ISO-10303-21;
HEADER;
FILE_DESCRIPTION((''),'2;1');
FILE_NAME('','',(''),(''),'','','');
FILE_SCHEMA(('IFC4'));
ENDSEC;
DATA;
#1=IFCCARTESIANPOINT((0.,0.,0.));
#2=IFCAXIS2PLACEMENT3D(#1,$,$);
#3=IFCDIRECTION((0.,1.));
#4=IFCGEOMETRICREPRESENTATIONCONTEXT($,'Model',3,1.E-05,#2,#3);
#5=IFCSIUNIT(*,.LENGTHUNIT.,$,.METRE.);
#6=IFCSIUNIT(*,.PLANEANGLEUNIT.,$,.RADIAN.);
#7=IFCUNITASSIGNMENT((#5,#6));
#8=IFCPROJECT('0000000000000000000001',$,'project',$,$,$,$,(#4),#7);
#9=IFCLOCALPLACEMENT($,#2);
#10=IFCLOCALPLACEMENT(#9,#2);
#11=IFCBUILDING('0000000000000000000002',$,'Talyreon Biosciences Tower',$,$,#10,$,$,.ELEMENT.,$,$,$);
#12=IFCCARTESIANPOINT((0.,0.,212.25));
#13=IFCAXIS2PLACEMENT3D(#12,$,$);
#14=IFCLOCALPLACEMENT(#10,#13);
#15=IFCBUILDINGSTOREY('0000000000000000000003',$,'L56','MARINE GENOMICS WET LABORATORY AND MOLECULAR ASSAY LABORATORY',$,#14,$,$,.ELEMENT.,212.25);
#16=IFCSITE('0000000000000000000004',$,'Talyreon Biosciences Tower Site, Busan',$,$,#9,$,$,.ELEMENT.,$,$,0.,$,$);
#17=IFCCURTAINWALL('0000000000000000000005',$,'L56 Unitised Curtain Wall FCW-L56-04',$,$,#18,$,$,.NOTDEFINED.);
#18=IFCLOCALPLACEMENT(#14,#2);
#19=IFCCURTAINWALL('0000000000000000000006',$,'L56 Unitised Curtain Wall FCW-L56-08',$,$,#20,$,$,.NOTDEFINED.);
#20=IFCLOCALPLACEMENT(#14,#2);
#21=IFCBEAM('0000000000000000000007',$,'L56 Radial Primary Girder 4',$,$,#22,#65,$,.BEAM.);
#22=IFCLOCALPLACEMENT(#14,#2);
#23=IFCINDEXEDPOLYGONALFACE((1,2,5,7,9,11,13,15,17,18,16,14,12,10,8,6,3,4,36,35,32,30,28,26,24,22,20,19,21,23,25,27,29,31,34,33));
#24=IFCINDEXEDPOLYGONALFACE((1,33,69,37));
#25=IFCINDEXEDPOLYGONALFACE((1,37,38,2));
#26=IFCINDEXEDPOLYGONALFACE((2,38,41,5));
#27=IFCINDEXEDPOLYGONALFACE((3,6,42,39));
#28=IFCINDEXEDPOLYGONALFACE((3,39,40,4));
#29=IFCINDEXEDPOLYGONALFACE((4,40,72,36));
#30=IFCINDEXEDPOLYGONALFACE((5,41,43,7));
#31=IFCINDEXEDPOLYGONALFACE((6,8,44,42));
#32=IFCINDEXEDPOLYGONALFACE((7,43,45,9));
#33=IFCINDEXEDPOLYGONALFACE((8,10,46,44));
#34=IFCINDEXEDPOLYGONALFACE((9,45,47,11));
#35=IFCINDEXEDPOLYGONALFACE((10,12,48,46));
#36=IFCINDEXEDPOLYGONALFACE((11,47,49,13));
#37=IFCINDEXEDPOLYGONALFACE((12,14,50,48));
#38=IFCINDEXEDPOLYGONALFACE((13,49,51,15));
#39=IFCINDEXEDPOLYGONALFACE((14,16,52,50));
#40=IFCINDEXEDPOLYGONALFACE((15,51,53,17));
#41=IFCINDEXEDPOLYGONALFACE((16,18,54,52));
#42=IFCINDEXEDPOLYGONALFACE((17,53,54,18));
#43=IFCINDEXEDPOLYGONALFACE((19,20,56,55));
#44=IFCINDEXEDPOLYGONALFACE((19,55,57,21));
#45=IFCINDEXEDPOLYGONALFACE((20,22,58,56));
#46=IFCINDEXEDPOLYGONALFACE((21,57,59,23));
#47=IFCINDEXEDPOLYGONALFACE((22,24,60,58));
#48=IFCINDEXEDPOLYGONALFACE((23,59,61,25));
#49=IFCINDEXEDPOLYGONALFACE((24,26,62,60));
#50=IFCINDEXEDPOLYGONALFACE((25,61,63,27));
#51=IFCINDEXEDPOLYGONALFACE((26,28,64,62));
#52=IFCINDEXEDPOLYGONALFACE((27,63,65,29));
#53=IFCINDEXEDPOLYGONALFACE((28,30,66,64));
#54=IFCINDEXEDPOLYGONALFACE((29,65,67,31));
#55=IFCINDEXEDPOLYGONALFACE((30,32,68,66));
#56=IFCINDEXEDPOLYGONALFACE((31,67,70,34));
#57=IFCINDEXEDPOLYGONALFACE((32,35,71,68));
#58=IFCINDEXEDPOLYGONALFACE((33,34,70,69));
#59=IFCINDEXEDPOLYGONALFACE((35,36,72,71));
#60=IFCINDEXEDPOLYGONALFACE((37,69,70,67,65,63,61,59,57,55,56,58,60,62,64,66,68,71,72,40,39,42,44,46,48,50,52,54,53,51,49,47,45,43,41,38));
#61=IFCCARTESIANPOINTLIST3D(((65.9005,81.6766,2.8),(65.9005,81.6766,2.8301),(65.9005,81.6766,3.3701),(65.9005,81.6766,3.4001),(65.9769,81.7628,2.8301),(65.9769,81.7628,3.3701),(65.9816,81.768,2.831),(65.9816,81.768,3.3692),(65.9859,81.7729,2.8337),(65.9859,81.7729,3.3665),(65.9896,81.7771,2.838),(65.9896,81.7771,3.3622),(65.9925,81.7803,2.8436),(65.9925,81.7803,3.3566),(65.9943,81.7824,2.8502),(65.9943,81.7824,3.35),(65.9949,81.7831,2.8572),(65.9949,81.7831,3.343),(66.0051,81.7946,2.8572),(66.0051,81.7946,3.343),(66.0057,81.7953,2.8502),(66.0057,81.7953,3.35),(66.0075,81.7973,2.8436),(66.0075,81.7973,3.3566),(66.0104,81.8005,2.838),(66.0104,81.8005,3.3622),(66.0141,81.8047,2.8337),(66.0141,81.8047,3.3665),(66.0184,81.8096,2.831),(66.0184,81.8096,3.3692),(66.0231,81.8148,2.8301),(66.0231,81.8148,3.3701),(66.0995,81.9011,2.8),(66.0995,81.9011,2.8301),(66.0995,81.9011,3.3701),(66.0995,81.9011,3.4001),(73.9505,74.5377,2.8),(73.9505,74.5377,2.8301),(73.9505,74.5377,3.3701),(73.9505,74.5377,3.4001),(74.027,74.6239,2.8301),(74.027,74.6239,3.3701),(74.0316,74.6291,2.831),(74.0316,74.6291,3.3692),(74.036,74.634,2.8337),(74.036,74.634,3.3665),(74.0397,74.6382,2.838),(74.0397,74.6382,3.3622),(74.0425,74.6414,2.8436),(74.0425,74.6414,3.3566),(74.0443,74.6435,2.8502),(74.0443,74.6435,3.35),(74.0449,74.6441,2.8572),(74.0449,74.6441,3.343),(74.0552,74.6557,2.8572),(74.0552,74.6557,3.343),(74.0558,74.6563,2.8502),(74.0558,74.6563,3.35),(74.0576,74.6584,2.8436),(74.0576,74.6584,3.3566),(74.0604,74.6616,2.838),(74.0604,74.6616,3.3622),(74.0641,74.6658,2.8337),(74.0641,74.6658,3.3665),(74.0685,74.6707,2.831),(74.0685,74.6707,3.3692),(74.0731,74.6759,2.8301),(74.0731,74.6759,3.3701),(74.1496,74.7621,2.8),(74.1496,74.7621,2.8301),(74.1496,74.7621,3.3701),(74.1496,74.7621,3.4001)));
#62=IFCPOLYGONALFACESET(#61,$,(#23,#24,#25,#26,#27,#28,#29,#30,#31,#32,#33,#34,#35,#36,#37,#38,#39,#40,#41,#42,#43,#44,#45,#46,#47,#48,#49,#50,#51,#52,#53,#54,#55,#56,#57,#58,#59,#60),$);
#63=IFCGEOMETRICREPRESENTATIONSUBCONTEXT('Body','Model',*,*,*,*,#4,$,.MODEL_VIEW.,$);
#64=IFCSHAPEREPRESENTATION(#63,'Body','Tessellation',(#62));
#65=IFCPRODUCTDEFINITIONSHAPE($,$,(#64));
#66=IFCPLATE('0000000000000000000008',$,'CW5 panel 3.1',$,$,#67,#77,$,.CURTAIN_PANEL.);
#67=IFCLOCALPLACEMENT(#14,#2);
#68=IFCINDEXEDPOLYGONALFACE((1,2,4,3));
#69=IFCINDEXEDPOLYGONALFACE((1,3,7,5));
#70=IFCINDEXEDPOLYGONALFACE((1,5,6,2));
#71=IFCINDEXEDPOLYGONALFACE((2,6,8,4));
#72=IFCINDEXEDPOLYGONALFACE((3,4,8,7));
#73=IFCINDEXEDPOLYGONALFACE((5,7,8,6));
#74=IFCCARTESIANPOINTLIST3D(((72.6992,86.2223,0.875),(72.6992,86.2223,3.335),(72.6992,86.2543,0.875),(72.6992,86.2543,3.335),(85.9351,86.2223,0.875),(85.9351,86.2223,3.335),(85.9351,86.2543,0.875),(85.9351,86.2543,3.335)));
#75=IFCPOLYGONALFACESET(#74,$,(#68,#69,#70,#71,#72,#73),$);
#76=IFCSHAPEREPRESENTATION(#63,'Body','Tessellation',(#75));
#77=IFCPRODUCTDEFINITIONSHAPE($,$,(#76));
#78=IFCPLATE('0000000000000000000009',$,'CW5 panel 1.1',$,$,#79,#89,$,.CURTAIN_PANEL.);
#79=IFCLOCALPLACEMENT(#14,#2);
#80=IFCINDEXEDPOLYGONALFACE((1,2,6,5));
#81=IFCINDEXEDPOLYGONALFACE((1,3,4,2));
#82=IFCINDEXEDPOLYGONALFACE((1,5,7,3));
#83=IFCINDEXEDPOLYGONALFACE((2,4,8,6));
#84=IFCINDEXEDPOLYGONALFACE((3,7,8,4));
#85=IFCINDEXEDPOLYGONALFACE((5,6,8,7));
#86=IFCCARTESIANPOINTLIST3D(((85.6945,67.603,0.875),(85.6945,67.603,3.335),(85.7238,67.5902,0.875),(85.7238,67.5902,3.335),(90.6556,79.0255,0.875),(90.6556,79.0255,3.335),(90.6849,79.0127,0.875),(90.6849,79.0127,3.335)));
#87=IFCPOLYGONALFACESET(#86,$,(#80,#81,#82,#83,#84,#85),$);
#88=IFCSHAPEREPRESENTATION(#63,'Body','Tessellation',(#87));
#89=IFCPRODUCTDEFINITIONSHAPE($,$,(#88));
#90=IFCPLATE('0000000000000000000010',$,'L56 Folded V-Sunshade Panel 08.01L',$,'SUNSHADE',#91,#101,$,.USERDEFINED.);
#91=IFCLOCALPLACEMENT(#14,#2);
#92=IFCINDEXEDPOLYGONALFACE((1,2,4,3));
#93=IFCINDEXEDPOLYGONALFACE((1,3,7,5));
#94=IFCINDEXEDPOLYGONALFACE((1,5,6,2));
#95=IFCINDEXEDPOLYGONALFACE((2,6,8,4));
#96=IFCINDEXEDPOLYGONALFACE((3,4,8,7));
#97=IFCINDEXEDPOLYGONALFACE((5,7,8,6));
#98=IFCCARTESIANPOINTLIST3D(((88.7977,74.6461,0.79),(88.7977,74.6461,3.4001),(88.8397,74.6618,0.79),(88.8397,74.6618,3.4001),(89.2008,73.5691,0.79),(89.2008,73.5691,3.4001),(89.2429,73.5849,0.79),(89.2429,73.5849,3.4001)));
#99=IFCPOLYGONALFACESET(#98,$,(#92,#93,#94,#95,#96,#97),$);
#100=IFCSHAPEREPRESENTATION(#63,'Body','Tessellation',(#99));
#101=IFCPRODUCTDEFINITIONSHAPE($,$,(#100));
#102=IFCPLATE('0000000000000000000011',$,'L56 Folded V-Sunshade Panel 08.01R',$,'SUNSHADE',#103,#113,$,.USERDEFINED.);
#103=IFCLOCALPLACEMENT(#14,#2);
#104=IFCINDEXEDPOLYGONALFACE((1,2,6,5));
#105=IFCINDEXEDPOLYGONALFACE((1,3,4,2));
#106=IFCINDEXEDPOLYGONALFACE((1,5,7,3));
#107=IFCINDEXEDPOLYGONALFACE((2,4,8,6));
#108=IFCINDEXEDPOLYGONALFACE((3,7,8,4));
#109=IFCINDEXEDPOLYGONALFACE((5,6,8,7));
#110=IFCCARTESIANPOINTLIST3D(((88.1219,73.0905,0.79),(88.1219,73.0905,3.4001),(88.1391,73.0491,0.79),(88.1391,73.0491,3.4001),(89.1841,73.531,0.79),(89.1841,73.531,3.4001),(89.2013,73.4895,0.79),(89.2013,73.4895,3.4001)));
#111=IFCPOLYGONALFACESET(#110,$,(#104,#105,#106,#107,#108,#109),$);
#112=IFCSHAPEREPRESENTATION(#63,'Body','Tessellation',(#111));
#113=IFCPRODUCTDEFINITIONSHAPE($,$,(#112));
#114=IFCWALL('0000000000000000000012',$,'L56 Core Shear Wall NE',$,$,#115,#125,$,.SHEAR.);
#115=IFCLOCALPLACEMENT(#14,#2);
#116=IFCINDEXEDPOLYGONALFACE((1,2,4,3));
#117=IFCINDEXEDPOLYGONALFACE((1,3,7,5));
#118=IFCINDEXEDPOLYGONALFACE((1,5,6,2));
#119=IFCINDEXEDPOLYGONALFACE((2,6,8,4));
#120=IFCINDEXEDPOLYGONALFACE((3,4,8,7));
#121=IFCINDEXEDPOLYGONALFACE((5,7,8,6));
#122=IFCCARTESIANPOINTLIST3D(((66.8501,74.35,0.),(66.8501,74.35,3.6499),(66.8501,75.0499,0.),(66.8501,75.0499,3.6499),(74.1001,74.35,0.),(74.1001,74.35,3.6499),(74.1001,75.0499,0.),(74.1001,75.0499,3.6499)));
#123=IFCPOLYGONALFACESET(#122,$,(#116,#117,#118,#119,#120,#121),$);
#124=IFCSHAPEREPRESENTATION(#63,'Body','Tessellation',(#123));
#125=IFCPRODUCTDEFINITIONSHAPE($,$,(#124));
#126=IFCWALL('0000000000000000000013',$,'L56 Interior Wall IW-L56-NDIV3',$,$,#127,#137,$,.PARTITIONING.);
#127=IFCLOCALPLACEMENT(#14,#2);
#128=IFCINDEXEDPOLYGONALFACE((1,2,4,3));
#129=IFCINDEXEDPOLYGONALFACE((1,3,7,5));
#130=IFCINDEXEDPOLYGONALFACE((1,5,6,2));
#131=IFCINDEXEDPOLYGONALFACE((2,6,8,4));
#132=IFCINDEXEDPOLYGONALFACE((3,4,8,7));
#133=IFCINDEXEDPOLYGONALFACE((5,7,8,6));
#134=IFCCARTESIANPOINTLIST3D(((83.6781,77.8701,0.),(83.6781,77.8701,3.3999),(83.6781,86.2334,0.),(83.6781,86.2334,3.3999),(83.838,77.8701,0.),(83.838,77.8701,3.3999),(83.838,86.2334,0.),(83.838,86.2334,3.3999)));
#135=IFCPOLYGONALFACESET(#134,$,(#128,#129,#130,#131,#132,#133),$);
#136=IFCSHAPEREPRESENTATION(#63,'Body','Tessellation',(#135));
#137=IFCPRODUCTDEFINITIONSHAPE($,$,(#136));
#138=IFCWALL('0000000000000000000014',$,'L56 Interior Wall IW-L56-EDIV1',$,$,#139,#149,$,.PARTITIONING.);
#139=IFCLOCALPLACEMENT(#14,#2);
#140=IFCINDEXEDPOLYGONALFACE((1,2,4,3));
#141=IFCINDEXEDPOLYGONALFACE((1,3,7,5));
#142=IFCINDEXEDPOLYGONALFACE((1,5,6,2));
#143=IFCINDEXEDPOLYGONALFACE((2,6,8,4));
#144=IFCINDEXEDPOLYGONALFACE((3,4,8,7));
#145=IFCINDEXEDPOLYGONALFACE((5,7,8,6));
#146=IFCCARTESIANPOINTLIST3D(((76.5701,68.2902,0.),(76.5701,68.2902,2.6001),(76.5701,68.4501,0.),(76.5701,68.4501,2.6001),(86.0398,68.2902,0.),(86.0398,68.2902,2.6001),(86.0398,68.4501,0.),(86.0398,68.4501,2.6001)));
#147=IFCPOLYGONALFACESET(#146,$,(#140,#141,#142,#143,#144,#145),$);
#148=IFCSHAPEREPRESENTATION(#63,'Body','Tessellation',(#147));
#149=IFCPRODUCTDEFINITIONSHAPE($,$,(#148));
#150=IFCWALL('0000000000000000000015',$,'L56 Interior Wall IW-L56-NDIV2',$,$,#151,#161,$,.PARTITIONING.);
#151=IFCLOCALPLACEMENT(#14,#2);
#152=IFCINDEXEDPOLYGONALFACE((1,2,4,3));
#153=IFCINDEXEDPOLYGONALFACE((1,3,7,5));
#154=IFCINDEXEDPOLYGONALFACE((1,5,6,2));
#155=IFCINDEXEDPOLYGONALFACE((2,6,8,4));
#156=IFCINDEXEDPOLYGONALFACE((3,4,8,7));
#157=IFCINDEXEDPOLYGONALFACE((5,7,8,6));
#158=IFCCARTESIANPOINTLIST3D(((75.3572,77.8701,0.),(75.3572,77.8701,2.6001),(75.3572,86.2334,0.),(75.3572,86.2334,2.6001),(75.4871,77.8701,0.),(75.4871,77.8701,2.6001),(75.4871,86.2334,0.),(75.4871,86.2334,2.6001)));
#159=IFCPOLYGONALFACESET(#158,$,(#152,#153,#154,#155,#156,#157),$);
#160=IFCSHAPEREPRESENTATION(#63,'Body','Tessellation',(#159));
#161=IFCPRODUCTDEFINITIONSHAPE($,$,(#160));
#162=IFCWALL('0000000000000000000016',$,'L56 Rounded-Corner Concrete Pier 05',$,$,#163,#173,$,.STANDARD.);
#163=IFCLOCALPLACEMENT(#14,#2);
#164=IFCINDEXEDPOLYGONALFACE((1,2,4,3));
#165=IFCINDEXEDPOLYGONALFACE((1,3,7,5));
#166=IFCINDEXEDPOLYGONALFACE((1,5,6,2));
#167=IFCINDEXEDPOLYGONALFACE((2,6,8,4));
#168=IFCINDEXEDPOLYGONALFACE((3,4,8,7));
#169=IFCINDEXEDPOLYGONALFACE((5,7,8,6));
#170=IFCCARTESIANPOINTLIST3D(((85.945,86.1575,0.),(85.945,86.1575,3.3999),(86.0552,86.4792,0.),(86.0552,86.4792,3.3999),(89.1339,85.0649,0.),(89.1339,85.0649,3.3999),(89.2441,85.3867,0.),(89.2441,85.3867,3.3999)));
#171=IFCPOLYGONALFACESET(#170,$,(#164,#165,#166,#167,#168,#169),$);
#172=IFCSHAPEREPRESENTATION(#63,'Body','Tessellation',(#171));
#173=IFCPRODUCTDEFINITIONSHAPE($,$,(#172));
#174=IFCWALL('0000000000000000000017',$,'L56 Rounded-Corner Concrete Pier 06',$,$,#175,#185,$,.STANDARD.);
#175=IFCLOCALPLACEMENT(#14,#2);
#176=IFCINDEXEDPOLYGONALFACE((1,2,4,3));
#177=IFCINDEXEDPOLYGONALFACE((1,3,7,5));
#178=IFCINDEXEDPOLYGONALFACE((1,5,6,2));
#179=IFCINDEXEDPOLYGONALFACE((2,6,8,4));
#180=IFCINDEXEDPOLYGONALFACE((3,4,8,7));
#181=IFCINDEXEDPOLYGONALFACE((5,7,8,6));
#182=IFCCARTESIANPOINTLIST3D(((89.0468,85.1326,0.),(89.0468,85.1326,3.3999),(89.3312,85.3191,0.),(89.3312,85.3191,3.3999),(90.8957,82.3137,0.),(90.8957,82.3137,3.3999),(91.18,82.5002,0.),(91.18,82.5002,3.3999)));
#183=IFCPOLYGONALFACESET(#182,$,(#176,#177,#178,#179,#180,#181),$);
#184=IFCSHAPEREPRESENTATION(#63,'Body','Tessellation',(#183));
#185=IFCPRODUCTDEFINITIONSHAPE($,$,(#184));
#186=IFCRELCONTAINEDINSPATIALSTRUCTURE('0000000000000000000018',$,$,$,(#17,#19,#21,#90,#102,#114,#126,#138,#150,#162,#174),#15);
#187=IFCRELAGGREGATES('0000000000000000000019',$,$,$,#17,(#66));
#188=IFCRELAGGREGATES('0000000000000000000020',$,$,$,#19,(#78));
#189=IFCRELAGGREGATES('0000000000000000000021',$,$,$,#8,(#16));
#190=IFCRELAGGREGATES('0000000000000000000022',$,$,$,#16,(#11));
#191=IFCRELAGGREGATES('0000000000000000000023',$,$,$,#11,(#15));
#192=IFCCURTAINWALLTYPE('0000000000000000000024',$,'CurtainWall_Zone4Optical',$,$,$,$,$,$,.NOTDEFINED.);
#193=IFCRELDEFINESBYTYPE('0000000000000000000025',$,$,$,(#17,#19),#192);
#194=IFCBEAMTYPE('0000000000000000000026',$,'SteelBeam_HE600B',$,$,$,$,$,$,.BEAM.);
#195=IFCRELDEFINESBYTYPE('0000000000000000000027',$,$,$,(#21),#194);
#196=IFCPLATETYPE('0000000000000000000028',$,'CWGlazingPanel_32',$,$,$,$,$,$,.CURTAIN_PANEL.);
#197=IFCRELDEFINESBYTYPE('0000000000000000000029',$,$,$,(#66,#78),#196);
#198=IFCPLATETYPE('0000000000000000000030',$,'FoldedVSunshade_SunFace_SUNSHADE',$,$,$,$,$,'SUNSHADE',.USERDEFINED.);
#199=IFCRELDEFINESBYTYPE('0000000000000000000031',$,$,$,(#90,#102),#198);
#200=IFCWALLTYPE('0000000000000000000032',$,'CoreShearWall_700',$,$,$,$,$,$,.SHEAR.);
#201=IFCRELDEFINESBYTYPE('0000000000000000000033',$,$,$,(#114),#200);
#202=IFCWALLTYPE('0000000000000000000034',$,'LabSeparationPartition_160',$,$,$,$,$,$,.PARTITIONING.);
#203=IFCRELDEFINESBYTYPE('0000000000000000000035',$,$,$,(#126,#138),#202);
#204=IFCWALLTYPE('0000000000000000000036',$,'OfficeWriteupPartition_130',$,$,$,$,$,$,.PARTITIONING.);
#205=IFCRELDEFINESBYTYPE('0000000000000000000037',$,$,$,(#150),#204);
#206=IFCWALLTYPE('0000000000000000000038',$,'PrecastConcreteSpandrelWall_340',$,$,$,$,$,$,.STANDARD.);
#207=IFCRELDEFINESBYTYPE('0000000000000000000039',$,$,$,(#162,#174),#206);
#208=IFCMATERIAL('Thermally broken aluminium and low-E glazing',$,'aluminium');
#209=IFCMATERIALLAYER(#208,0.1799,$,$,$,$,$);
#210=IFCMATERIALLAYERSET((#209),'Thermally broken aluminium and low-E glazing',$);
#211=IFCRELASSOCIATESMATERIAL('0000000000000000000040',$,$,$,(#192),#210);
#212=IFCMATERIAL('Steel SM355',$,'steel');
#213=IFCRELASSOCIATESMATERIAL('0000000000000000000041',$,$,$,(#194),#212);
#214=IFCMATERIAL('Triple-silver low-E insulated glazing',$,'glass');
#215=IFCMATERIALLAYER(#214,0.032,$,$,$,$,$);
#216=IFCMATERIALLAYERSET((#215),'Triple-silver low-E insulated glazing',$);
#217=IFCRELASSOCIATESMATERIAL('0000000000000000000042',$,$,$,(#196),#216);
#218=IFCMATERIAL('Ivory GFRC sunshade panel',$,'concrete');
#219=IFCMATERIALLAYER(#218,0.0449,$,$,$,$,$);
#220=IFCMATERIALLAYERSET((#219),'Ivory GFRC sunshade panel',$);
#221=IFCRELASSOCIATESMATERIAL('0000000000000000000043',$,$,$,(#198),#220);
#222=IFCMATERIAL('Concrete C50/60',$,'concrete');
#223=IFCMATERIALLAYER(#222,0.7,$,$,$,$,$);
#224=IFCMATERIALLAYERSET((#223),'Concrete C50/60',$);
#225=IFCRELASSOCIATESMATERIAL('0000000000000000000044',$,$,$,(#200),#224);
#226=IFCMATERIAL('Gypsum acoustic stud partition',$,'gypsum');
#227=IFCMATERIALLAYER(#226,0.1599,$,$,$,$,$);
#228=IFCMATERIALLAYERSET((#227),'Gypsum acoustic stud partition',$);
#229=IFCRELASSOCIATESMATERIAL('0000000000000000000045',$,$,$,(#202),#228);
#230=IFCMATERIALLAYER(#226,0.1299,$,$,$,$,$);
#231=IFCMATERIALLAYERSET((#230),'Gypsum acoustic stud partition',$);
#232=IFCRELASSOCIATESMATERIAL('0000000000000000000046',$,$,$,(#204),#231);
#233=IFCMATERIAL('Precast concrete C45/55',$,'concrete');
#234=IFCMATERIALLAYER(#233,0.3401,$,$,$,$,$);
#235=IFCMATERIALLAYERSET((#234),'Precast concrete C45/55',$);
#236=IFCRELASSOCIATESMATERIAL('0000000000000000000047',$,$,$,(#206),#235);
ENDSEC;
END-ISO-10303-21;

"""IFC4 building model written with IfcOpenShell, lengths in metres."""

from ifc_helpers import new_model, si_unit, direction, frame, frame_2d, origin, origin_2d, place, context, subcontext, project, spatial, rectangle, i_section, extrude, material, layer, layer_set, material_profile, profile_set, type_object, element, aggregate, save


model = new_model("IFC4")

# Units and contexts
model_context = context("Model", 3, precision=1e-05, world=origin(), true_north=direction((0.0, 1.0)))
body_context = subcontext(model_context, "Body", "Model", "MODEL_VIEW")
ifc_project = project(units=[si_unit("LENGTHUNIT", "METRE"), si_unit("PLANEANGLEUNIT", "RADIAN")], contexts=[model_context])

# Site, building, storey
site_placement = place(None, origin())
site = spatial("IfcSite", under=ifc_project, at=site_placement, Name="Talyreon Biosciences Tower Site, Busan", CompositionType="ELEMENT", RefElevation=0.0)
building_placement = place(site_placement, origin())
building = spatial("IfcBuilding", under=site, at=building_placement, Name="Talyreon Biosciences Tower", CompositionType="ELEMENT")
storey_placement = place(building_placement, frame((0.0, 0.0, 212.25)))
storey = spatial("IfcBuildingStorey", under=building, at=storey_placement, Name="L56", Description="MARINE GENOMICS WET LABORATORY AND MOLECULAR ASSAY LABORATORY", CompositionType="ELEMENT", Elevation=212.25)

# Shared definitions
ifc_material_1 = material(Name="Concrete C50/60", Category="concrete")

# Curtain wall
ifc_material_2 = material(Name="Thermally broken aluminium and low-E glazing", Category="aluminium")
ifc_layer_1 = layer(ifc_material_2, 0.1799)
ifc_layer_set_1 = layer_set([ifc_layer_1], Name="Thermally broken aluminium and low-E glazing")
curtain_wall_type = type_object("IfcCurtainWallType", Name="CurtainWall_Zone4Optical", PredefinedType="NOTDEFINED", material=ifc_layer_set_1)
curtain_wall_1_placement = place(storey_placement, origin())
curtain_wall_1 = element("IfcCurtainWall", 1, at=curtain_wall_1_placement, inside=storey, type_object=curtain_wall_type, Name="L56 Unitised Curtain Wall FCW-L56-04", PredefinedType="NOTDEFINED")

# Curtain wall
curtain_wall_2_placement = place(storey_placement, origin())
curtain_wall_2 = element("IfcCurtainWall", 2, at=curtain_wall_2_placement, inside=storey, type_object=curtain_wall_type, Name="L56 Unitised Curtain Wall FCW-L56-08", PredefinedType="NOTDEFINED")

# Beam
ifc_material_3 = material(Name="Precast concrete C45/55", Category="concrete")
ifc_material_4 = material(Name="Steel SM355", Category="steel")
ifc_material_profile_1 = material_profile(ifc_material_4, i_section(OverallWidth=0.3, OverallDepth=0.6001, WebThickness=0.0154, FlangeThickness=0.03, FilletRadius=0.0271, at=origin_2d()), Name="HE600B")
ifc_profile_set_1 = profile_set([ifc_material_profile_1], Name="Steel SM355")
beam_type_1 = type_object("IfcBeamType", Name="SteelBeam_HE600B", PredefinedType="BEAM", material=ifc_profile_set_1)
beam_1_placement = place(storey_placement, frame((74.05, 74.6499, 3.1001), z_axis=(-0.748179, 0.663497, 0.0), x_axis=(-0.663497, -0.748179, 0.0)))
element("IfcBeam", 3, at=beam_1_placement, inside=storey, type_object=beam_type_1, Name="L56 Radial Primary Girder 4", PredefinedType="BEAM", context=body_context, shape_type="SweptSolid", body=[
    extrude(i_section(OverallWidth=0.3, OverallDepth=0.6001, WebThickness=0.0154, FlangeThickness=0.03, FilletRadius=0.0271, at=origin_2d()), origin(), (0.0, 0.0, 1.0), 10.7595),
])

# Plates
ifc_material_5 = material(Name="Triple-silver low-E insulated glazing", Category="glass")
ifc_layer_2 = layer(ifc_material_5, 0.032)
ifc_layer_set_2 = layer_set([ifc_layer_2], Name="Triple-silver low-E insulated glazing")
plate_type_1 = type_object("IfcPlateType", Name="CWGlazingPanel_32", PredefinedType="CURTAIN_PANEL", material=ifc_layer_set_2)
plate_1_placement = place(storey_placement, frame((79.3171, 86.2383, 0.875), z_axis=(0.0, 0.0, 1.0), x_axis=(1.0, 0.0, 0.0)))
plate_1 = element("IfcPlate", 4, at=plate_1_placement, type_object=plate_type_1, Name="CW5 panel 3.1", PredefinedType="CURTAIN_PANEL", context=body_context, shape_type="SweptSolid", body=[
    extrude(rectangle(XDim=13.2358, YDim=0.032, at=origin_2d()), origin(), (0.0, 0.0, 1.0), 2.46),
])
aggregate(curtain_wall_1, [plate_1])
plate_2_placement = place(storey_placement, frame((88.1897, 73.3079, 0.875), z_axis=(0.0, 0.0, 1.0), x_axis=(-0.398376, -0.917222, 0.0)))
plate_2 = element("IfcPlate", 5, at=plate_2_placement, type_object=plate_type_1, Name="CW5 panel 1.1", PredefinedType="CURTAIN_PANEL", context=body_context, shape_type="SweptSolid", body=[
    extrude(rectangle(XDim=12.4534, YDim=0.032, at=origin_2d()), origin(), (0.0, 0.0, 1.0), 2.46),
])
aggregate(curtain_wall_2, [plate_2])

# Plates
ifc_material_6 = material(Name="Ivory GFRC sunshade panel", Category="concrete")
ifc_layer_3 = layer(ifc_material_6, 0.0449)
ifc_layer_set_3 = layer_set([ifc_layer_3], Name="Ivory GFRC sunshade panel")
plate_type_2 = type_object("IfcPlateType", Name="FoldedVSunshade_SunFace_SUNSHADE", ElementType="SUNSHADE", PredefinedType="USERDEFINED", material=ifc_layer_set_3)
for number, where, z_axis, x_axis, name in (
    (6, (89.0203, 74.1155, 0.79), (0.0, 0.0, 1.0), (0.350583, -0.936532, 0.0), "L56 Folded V-Sunshade Panel 08.01L"),
    (7, (88.6616, 73.29, 0.79), (0.0, 0.0, 1.0), (-0.923726, -0.383054, 0.0), "L56 Folded V-Sunshade Panel 08.01R"),
):
    element("IfcPlate", number, at=place(storey_placement, frame(where, z_axis=z_axis, x_axis=x_axis)), inside=storey, type_object=plate_type_2, Name=name, ObjectType="SUNSHADE", PredefinedType="USERDEFINED", context=body_context, shape_type="SweptSolid", body=[
        extrude(rectangle(XDim=1.1499, YDim=0.0449, at=origin_2d()), origin(), (0.0, 0.0, 1.0), 2.6101),
    ])

# Walls
ifc_layer_4 = layer(ifc_material_1, 0.7)
ifc_layer_set_4 = layer_set([ifc_layer_4], Name="Concrete C50/60")
wall_type_1 = type_object("IfcWallType", Name="CoreShearWall_700", PredefinedType="SHEAR", material=ifc_layer_set_4)
wall_1_placement = place(storey_placement, frame((74.1001, 74.7, 0.0), z_axis=(0.0, 0.0, 1.0), x_axis=(-1.0, 0.0, 0.0)))
element("IfcWall", 8, at=wall_1_placement, inside=storey, type_object=wall_type_1, Name="L56 Core Shear Wall NE", PredefinedType="SHEAR", context=body_context, shape_type="SweptSolid", body=[
    extrude(rectangle(XDim=7.25, YDim=0.7, at=frame_2d((3.625, 0.0))), origin(), (0.0, 0.0, 1.0), 3.6499),
])
ifc_material_7 = material(Name="Gypsum acoustic stud partition", Category="gypsum")
ifc_layer_5 = layer(ifc_material_7, 0.1599)
ifc_layer_set_5 = layer_set([ifc_layer_5], Name="Gypsum acoustic stud partition")
wall_type_2 = type_object("IfcWallType", Name="LabSeparationPartition_160", PredefinedType="PARTITIONING", material=ifc_layer_set_5)
wall_2_placement = place(storey_placement, frame((83.7581, 77.8701, 0.0), z_axis=(0.0, 0.0, 1.0), x_axis=(0.0, 1.0, 0.0)))
element("IfcWall", 9, at=wall_2_placement, inside=storey, type_object=wall_type_2, Name="L56 Interior Wall IW-L56-NDIV3", PredefinedType="PARTITIONING", context=body_context, shape_type="SweptSolid", body=[
    extrude(rectangle(XDim=8.3633, YDim=0.1599, at=frame_2d((4.1816, 0.0))), origin(), (0.0, 0.0, 1.0), 3.3999),
])
wall_3_placement = place(storey_placement, frame((76.5701, 68.3701, 0.0), z_axis=(0.0, 0.0, 1.0), x_axis=(1.0, 0.0, 0.0)))
element("IfcWall", 10, at=wall_3_placement, inside=storey, type_object=wall_type_2, Name="L56 Interior Wall IW-L56-EDIV1", PredefinedType="PARTITIONING", context=body_context, shape_type="SweptSolid", body=[
    extrude(rectangle(XDim=9.4697, YDim=0.1599, at=frame_2d((4.7349, 0.0))), origin(), (0.0, 0.0, 1.0), 2.6001),
])
ifc_layer_6 = layer(ifc_material_7, 0.1299)
ifc_layer_set_6 = layer_set([ifc_layer_6], Name="Gypsum acoustic stud partition")
wall_type_3 = type_object("IfcWallType", Name="OfficeWriteupPartition_130", PredefinedType="PARTITIONING", material=ifc_layer_set_6)
wall_4_placement = place(storey_placement, frame((75.4221, 77.8701, 0.0), z_axis=(0.0, 0.0, 1.0), x_axis=(0.0, 1.0, 0.0)))
element("IfcWall", 11, at=wall_4_placement, inside=storey, type_object=wall_type_3, Name="L56 Interior Wall IW-L56-NDIV2", PredefinedType="PARTITIONING", context=body_context, shape_type="SweptSolid", body=[
    extrude(rectangle(XDim=8.3633, YDim=0.1299, at=frame_2d((4.1816, 0.0))), origin(), (0.0, 0.0, 1.0), 2.6001),
])
ifc_layer_7 = layer(ifc_material_3, 0.3401)
ifc_layer_set_7 = layer_set([ifc_layer_7], Name="Precast concrete C45/55")
wall_type_4 = type_object("IfcWallType", Name="PrecastConcreteSpandrelWall_340", PredefinedType="STANDARD", material=ifc_layer_set_7)
wall_5_placement = place(storey_placement, frame((86.0, 86.3184, 0.0), z_axis=(0.0, 0.0, 1.0), x_axis=(0.946021, -0.324104, 0.0)))
element("IfcWall", 12, at=wall_5_placement, inside=storey, type_object=wall_type_4, Name="L56 Rounded-Corner Concrete Pier 05", PredefinedType="STANDARD", context=body_context, shape_type="SweptSolid", body=[
    extrude(rectangle(XDim=3.3708, YDim=0.3401, at=frame_2d((1.6855, 0.0))), origin(), (0.0, 0.0, 1.0), 3.3999),
])
wall_6_placement = place(storey_placement, frame((89.189, 85.2258, 0.0), z_axis=(0.0, 0.0, 1.0), x_axis=(0.548451, -0.836183, 0.0)))
element("IfcWall", 13, at=wall_6_placement, inside=storey, type_object=wall_type_4, Name="L56 Rounded-Corner Concrete Pier 06", PredefinedType="STANDARD", context=body_context, shape_type="SweptSolid", body=[
    extrude(rectangle(XDim=3.3711, YDim=0.3401, at=frame_2d((1.6855, 0.0))), origin(), (0.0, 0.0, 1.0), 3.3999),
])

save(model, "model.ifc")
